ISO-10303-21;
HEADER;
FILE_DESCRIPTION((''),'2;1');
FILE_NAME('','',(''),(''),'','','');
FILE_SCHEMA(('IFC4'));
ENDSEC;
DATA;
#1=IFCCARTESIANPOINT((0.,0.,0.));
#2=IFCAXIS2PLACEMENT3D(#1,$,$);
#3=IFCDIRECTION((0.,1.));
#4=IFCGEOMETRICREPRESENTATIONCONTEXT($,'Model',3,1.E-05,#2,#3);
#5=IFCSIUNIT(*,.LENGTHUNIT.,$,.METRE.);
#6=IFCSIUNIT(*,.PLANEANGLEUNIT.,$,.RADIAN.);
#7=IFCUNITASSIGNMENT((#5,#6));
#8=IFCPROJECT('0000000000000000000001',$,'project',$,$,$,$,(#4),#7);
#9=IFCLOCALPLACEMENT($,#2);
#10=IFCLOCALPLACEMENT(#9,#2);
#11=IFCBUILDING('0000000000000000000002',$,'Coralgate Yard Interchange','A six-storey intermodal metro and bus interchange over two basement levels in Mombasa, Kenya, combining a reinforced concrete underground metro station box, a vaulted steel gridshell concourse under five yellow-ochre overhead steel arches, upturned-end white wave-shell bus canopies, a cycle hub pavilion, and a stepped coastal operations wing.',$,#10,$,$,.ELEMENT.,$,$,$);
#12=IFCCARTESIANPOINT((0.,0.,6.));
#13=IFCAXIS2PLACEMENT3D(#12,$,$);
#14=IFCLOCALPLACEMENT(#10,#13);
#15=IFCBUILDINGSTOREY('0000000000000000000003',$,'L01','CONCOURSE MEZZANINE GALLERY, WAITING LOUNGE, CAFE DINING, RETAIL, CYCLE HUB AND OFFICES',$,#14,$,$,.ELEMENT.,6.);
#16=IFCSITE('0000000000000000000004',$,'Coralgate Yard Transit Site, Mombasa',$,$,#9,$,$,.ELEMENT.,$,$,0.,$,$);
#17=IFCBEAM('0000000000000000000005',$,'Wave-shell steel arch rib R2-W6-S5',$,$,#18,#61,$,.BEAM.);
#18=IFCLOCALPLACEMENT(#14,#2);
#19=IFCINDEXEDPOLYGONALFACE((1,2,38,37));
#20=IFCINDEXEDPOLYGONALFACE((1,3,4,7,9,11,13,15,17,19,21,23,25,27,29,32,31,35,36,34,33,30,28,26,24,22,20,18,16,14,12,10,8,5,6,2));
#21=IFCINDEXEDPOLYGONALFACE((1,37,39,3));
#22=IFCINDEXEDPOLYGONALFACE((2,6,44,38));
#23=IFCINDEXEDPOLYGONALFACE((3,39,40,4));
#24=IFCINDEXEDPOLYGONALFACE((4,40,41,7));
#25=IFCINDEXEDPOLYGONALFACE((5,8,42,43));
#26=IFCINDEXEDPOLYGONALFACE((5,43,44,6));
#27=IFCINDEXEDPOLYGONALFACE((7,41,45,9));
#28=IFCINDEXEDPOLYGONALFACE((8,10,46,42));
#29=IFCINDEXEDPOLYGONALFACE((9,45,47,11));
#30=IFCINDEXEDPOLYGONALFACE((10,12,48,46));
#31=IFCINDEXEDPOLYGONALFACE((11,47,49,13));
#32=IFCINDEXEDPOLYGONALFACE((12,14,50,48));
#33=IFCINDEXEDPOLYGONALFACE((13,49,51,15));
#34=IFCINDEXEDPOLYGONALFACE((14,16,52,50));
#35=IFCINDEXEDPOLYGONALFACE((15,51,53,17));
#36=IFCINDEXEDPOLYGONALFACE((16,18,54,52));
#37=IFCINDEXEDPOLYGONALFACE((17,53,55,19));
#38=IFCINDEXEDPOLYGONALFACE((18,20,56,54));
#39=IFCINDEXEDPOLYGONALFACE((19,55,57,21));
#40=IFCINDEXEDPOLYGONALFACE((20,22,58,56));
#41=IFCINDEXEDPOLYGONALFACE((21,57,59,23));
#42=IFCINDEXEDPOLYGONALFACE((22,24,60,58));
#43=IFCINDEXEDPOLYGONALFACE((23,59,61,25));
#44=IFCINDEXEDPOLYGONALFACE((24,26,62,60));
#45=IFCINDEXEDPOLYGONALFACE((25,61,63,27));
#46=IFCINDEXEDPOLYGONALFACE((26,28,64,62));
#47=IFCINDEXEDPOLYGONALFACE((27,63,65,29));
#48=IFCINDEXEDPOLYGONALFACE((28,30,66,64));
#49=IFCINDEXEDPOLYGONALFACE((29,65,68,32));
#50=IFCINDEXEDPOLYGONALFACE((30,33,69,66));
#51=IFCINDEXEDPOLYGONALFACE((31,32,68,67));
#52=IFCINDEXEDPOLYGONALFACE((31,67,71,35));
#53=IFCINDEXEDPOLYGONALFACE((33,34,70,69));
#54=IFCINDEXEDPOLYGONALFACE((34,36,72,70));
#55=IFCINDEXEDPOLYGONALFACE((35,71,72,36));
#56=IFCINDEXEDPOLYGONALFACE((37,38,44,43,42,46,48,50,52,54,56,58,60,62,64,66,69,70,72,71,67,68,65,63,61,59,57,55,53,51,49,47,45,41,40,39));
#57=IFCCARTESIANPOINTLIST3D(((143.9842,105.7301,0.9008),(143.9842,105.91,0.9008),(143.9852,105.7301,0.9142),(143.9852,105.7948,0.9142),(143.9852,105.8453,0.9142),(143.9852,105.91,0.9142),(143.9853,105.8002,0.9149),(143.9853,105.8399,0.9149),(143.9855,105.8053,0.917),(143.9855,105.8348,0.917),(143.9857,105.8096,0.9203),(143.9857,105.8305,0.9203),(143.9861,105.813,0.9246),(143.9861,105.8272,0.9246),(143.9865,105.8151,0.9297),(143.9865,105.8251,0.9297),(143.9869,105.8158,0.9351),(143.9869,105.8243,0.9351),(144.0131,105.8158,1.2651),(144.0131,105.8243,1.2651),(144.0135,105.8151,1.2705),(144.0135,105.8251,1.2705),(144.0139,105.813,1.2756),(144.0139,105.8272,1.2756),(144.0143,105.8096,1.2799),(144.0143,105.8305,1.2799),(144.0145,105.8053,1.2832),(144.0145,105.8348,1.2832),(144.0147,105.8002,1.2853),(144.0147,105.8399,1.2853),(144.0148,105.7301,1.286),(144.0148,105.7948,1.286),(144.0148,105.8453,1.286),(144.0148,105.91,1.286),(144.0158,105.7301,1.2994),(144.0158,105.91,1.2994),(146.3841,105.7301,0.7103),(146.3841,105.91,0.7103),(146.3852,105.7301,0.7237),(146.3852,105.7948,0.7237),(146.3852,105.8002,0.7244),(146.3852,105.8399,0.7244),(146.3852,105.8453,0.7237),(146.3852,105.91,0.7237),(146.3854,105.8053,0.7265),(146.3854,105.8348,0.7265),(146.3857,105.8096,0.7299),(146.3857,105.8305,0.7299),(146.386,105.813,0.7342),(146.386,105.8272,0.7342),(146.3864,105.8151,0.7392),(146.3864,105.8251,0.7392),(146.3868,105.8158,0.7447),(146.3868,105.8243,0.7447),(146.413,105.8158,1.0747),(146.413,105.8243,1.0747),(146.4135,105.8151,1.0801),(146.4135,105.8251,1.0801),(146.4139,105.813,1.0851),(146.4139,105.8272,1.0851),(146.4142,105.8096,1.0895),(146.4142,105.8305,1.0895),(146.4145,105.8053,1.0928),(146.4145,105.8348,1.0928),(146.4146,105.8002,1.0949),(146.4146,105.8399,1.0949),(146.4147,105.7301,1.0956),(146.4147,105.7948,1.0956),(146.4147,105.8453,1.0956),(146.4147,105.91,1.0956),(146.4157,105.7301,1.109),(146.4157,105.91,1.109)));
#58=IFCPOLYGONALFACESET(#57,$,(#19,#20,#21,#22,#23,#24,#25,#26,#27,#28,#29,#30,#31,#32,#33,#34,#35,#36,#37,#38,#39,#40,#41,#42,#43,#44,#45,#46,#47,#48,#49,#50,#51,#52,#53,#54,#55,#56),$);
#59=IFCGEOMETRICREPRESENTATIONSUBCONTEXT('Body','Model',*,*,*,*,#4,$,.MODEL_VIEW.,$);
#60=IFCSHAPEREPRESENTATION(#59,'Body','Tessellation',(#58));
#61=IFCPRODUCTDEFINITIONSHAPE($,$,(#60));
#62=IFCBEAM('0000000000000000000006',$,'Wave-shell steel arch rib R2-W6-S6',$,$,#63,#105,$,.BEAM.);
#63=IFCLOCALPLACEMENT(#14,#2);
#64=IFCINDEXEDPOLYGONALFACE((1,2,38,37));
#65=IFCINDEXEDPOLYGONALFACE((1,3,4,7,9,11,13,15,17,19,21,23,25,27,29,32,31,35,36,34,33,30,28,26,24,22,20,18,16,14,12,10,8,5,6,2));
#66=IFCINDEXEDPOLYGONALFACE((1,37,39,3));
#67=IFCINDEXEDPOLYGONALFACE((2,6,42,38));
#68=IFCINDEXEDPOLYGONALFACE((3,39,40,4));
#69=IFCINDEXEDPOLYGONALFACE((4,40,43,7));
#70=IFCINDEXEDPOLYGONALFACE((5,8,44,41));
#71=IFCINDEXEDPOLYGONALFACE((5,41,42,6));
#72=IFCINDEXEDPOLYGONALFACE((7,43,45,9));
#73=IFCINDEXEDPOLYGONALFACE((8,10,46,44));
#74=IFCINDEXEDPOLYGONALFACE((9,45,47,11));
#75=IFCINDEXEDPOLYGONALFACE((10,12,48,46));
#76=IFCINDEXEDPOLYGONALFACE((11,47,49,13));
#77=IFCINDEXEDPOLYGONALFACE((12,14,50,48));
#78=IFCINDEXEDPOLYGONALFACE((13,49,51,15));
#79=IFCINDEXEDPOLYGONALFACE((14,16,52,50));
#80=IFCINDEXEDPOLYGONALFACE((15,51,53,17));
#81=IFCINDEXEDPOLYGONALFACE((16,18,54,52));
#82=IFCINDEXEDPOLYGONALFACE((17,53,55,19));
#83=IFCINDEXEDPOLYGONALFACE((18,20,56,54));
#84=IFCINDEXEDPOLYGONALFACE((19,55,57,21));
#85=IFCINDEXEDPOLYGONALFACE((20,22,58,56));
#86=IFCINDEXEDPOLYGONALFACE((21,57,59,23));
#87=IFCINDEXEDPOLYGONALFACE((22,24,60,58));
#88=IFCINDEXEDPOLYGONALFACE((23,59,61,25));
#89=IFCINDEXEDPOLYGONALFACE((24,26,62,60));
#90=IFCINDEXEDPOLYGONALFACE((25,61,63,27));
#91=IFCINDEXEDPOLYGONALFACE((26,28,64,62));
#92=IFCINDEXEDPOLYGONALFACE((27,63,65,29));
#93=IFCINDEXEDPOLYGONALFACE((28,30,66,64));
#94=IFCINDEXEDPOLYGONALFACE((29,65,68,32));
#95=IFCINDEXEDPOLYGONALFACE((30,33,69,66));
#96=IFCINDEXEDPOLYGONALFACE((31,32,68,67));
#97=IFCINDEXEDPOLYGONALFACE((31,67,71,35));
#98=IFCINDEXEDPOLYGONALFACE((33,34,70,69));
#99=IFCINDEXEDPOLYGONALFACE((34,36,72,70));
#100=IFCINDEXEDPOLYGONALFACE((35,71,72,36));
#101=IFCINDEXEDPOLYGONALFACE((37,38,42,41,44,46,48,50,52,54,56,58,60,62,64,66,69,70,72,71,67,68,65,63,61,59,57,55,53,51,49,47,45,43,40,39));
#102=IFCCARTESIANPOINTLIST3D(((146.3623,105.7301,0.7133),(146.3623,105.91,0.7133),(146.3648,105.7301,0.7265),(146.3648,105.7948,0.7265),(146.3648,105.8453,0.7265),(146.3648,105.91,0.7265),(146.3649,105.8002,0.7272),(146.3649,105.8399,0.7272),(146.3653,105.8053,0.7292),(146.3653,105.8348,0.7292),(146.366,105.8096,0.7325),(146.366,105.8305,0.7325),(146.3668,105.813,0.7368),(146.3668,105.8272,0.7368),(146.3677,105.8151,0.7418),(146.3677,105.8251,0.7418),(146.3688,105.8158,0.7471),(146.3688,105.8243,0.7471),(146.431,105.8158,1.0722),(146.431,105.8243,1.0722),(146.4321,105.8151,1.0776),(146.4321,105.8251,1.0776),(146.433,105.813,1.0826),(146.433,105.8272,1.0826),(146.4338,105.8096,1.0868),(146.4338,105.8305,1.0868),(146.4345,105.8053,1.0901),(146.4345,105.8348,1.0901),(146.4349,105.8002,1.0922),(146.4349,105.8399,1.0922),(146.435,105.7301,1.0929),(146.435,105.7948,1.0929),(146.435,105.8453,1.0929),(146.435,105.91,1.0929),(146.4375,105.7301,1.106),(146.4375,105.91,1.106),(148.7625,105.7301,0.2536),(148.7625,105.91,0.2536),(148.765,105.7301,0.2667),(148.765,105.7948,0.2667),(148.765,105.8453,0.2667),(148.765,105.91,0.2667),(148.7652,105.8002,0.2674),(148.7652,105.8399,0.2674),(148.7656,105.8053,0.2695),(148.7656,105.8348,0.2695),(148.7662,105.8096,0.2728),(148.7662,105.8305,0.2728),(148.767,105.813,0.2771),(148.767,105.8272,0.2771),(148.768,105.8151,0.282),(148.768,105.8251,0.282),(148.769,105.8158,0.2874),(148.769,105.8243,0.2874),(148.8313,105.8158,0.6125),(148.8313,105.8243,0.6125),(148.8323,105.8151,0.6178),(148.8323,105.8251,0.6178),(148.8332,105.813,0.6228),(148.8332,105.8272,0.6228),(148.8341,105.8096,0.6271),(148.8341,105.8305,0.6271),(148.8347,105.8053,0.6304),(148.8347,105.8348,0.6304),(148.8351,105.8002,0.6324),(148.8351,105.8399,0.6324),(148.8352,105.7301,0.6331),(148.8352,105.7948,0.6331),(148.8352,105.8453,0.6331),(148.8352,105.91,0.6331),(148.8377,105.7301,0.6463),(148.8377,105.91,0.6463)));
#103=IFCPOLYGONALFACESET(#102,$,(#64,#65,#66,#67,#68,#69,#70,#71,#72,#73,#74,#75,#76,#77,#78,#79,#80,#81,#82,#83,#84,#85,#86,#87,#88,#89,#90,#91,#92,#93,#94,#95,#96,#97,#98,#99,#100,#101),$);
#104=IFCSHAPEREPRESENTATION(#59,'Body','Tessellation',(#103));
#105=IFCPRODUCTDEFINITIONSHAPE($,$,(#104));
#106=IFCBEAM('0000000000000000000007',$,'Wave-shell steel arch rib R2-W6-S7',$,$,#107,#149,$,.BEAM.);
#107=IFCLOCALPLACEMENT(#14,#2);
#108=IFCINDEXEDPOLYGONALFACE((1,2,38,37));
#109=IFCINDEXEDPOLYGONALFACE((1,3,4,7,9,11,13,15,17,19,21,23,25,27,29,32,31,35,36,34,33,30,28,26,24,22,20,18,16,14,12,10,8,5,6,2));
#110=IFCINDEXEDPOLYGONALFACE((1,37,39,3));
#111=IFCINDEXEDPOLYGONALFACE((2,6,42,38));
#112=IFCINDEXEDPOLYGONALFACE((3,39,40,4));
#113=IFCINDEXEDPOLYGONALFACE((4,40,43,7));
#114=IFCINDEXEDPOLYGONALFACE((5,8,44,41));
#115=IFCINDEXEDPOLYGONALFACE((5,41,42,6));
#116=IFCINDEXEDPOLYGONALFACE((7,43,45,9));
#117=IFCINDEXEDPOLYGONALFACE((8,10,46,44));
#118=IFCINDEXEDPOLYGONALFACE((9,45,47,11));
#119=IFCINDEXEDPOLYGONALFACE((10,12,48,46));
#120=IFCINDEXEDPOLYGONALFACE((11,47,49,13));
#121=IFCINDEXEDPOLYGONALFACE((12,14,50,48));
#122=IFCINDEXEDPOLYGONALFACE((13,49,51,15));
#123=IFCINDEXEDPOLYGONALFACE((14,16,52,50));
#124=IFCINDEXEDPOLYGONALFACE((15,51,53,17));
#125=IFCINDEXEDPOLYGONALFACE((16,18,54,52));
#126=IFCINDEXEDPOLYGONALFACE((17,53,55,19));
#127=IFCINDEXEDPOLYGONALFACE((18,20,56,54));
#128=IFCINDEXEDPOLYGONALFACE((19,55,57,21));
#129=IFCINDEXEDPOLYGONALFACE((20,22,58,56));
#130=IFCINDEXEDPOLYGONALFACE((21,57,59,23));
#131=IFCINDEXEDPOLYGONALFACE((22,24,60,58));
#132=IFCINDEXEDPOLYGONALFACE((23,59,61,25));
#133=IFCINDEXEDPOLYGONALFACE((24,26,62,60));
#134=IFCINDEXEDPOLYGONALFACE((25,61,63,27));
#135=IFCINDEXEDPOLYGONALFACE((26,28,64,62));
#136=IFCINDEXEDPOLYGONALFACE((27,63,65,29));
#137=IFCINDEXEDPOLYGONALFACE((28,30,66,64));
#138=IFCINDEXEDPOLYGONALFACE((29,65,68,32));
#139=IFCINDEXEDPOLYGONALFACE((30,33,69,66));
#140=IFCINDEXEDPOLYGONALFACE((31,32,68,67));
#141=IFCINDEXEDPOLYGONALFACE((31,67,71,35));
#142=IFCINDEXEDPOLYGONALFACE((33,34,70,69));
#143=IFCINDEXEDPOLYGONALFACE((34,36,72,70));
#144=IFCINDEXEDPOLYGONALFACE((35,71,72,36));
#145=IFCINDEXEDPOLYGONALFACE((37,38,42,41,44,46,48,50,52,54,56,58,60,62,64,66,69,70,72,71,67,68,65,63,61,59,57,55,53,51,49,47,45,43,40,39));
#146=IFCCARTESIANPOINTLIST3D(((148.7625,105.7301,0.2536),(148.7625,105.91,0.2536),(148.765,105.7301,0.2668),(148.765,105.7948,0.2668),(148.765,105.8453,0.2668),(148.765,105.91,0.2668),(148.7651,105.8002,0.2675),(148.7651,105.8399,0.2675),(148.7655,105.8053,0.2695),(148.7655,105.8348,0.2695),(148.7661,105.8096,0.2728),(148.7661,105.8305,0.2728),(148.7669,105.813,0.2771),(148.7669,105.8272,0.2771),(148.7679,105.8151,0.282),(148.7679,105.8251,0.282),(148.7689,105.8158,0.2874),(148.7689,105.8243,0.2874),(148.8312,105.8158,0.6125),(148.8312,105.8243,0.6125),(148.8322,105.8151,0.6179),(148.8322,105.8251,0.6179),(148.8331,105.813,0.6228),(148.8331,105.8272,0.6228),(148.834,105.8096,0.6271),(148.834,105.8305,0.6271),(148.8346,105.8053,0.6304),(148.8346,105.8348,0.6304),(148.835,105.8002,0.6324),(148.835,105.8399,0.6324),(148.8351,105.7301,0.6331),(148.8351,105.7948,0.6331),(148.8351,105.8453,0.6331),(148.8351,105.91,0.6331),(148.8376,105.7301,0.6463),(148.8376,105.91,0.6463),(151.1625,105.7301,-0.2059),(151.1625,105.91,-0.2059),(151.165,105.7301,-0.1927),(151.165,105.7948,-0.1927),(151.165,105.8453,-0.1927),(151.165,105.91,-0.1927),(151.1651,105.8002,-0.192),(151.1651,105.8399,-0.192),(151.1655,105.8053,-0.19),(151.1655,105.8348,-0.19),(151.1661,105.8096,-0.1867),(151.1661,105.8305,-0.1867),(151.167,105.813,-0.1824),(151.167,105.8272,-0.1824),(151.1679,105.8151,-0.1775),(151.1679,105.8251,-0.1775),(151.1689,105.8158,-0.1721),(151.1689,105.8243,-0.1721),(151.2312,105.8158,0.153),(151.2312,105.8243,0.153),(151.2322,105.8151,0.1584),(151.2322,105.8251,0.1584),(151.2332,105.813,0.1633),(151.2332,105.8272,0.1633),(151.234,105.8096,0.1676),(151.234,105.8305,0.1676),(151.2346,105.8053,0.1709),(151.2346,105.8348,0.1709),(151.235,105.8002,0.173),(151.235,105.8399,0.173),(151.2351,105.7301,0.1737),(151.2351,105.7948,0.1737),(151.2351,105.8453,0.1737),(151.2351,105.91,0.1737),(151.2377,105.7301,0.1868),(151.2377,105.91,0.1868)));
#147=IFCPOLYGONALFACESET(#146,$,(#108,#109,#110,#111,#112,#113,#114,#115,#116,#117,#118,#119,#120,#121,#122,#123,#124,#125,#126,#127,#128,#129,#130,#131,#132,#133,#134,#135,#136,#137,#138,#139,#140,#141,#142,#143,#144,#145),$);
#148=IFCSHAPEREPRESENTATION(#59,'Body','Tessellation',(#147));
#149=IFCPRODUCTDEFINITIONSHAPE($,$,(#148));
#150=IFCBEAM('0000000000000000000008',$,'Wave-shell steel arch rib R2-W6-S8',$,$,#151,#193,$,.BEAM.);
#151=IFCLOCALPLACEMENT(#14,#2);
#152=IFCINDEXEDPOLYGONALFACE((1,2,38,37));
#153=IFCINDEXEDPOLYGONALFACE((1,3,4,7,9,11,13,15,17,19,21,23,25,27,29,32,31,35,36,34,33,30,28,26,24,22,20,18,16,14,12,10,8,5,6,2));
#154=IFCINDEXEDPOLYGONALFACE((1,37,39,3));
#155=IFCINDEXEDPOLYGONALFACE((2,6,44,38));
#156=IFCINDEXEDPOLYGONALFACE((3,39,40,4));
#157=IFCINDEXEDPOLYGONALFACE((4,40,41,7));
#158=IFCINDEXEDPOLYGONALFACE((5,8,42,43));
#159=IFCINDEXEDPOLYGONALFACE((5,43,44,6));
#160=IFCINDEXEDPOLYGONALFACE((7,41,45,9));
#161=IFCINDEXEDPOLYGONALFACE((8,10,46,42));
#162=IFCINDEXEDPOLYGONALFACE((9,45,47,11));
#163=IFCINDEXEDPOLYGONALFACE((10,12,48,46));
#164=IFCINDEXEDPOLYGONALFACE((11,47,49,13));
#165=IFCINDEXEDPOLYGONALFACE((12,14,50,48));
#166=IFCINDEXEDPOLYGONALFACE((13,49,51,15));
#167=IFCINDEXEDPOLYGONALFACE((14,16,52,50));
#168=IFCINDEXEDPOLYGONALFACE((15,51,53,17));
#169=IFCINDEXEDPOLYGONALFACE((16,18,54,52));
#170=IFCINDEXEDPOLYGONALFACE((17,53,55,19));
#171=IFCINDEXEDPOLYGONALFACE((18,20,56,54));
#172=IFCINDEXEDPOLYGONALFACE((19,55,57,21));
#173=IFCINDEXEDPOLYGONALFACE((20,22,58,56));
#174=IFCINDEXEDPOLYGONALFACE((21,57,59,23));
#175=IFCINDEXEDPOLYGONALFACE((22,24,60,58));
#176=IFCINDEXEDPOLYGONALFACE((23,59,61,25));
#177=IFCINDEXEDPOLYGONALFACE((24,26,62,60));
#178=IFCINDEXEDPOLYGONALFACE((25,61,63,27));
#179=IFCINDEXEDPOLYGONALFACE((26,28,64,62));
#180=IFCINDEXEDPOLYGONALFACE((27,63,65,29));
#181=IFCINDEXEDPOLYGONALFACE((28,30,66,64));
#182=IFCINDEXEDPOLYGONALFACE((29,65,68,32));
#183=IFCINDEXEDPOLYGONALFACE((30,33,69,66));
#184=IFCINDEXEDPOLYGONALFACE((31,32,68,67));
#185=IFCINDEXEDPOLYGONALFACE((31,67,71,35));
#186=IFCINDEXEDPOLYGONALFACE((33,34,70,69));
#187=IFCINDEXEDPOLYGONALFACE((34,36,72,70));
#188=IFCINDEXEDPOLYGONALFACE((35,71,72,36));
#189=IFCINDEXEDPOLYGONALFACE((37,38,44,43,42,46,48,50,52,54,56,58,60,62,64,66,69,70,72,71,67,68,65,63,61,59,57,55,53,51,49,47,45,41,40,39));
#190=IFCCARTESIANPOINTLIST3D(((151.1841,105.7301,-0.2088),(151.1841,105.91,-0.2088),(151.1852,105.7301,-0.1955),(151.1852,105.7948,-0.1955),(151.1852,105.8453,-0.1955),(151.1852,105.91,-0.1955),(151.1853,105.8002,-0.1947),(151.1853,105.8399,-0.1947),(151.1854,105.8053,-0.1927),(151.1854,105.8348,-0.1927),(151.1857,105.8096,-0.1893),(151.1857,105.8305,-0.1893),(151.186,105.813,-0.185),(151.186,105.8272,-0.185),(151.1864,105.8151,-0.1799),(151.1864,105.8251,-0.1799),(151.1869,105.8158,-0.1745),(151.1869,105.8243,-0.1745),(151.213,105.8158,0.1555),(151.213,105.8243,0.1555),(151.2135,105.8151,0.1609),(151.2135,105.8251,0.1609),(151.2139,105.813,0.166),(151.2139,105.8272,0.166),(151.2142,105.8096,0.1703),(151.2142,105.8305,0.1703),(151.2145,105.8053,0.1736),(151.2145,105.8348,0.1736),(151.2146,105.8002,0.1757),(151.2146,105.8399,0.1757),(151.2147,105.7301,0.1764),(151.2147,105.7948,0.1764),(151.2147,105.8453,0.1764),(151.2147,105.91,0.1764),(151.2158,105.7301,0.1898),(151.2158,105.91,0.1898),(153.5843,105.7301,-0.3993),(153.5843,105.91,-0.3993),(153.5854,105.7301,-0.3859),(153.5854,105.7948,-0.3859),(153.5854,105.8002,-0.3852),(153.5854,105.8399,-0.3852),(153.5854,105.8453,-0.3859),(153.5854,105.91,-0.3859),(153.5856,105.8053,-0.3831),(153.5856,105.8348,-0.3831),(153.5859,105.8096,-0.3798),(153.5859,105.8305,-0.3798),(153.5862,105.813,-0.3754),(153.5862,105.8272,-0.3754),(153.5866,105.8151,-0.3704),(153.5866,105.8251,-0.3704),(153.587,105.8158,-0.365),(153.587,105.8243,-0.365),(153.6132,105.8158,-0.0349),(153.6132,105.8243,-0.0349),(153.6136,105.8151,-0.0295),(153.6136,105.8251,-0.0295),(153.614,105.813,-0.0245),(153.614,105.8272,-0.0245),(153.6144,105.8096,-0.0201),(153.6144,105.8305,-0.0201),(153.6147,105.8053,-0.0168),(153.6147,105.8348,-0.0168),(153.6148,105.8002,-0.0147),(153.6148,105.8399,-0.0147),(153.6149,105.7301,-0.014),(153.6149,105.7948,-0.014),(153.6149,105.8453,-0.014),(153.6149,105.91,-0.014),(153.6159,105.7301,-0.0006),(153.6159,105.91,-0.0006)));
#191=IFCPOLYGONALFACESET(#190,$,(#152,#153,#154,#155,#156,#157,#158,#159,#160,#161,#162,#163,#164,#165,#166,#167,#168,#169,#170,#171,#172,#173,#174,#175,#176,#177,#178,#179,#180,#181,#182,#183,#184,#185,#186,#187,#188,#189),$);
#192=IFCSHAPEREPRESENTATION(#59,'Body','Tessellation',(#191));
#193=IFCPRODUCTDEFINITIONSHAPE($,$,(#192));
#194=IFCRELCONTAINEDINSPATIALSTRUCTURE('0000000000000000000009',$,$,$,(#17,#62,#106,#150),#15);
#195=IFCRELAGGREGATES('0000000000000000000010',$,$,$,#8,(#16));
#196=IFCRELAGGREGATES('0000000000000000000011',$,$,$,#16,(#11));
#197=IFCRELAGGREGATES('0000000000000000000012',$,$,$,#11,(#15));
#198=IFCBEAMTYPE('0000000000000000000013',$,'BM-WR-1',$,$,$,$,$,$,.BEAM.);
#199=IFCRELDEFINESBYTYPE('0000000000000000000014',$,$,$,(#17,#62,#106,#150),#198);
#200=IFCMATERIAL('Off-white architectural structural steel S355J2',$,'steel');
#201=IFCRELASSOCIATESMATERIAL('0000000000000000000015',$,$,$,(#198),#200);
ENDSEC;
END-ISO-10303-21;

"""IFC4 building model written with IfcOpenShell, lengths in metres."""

from ifc_helpers import new_model, si_unit, direction, frame, origin, origin_2d, place, context, subcontext, project, spatial, i_section, extrude, material, material_profile, profile_set, type_object, element, save


model = new_model("IFC4")

# Units and contexts
model_context = context("Model", 3, precision=1e-05, world=origin(), true_north=direction((0.0, 1.0)))
body_context = subcontext(model_context, "Body", "Model", "MODEL_VIEW")
ifc_project = project(units=[si_unit("LENGTHUNIT", "METRE"), si_unit("PLANEANGLEUNIT", "RADIAN")], contexts=[model_context])

# Site, building, storey
site_placement = place(None, origin())
site = spatial("IfcSite", under=ifc_project, at=site_placement, Name="Coralgate Yard Transit Site, Mombasa", CompositionType="ELEMENT", RefElevation=0.0)
building_placement = place(site_placement, origin())
building = spatial("IfcBuilding", under=site, at=building_placement, Name="Coralgate Yard Interchange", Description="A six-storey intermodal metro and bus interchange over two basement levels in Mombasa, Kenya, combining a reinforced concrete underground metro station box, a vaulted steel gridshell concourse under five yellow-ochre overhead steel arches, upturned-end white wave-shell bus canopies, a cycle hub pavilion, and a stepped coastal operations wing.", CompositionType="ELEMENT")
storey_placement = place(building_placement, frame((0.0, 0.0, 6.0)))
storey = spatial("IfcBuildingStorey", under=building, at=storey_placement, Name="L01", Description="CONCOURSE MEZZANINE GALLERY, WAITING LOUNGE, CAFE DINING, RETAIL, CYCLE HUB AND OFFICES", CompositionType="ELEMENT", Elevation=6.0)

# Beams
ifc_material_1 = material(Name="Off-white architectural structural steel S355J2", Category="steel")
ifc_material_profile_1 = material_profile(ifc_material_1, i_section(OverallWidth=0.1799, OverallDepth=0.3999, WebThickness=0.0085, FlangeThickness=0.0134, FilletRadius=0.021, at=origin_2d()), Name="IPE 400")
ifc_profile_set_1 = profile_set([ifc_material_profile_1], Name="Off-white architectural structural steel S355J2")
beam_type_1 = type_object("IfcBeamType", Name="BM-WR-1", PredefinedType="BEAM", material=ifc_profile_set_1)
beam_1_placement = place(storey_placement, frame((144.0, 105.8201, 1.1001), z_axis=(0.996867, 0.0, -0.0791), x_axis=(0.0, 1.0, 0.0)))
element("IfcBeam", 1, at=beam_1_placement, inside=storey, type_object=beam_type_1, Name="Wave-shell steel arch rib R2-W6-S5", PredefinedType="BEAM", context=body_context, shape_type="SweptSolid", body=[
    extrude(i_section(OverallWidth=0.1799, OverallDepth=0.3999, WebThickness=0.0085, FlangeThickness=0.0134, FilletRadius=0.021, at=origin_2d()), origin(), (0.0, 0.0, 1.0), 2.4075),
])
beam_2_placement = place(storey_placement, frame((146.3999, 105.8201, 0.9097), z_axis=(0.982147, 0.0, -0.188117), x_axis=(0.0, 1.0, 0.0)))
element("IfcBeam", 2, at=beam_2_placement, inside=storey, type_object=beam_type_1, Name="Wave-shell steel arch rib R2-W6-S6", PredefinedType="BEAM", context=body_context, shape_type="SweptSolid", body=[
    extrude(i_section(OverallWidth=0.1799, OverallDepth=0.3999, WebThickness=0.0085, FlangeThickness=0.0134, FilletRadius=0.021, at=origin_2d()), origin(), (0.0, 0.0, 1.0), 2.4438),
])
beam_3_placement = place(storey_placement, frame((148.8, 105.8201, 0.45), z_axis=(0.982161, 0.0, -0.188039), x_axis=(0.0, 1.0, 0.0)))
element("IfcBeam", 3, at=beam_3_placement, inside=storey, type_object=beam_type_1, Name="Wave-shell steel arch rib R2-W6-S7", PredefinedType="BEAM", context=body_context, shape_type="SweptSolid", body=[
    extrude(i_section(OverallWidth=0.1799, OverallDepth=0.3999, WebThickness=0.0085, FlangeThickness=0.0134, FilletRadius=0.021, at=origin_2d()), origin(), (0.0, 0.0, 1.0), 2.4436),
])
beam_4_placement = place(storey_placement, frame((151.2, 105.8201, -0.0095), z_axis=(0.996867, 0.0, -0.079092), x_axis=(0.0, 1.0, 0.0)))
element("IfcBeam", 4, at=beam_4_placement, inside=storey, type_object=beam_type_1, Name="Wave-shell steel arch rib R2-W6-S8", PredefinedType="BEAM", context=body_context, shape_type="SweptSolid", body=[
    extrude(i_section(OverallWidth=0.1799, OverallDepth=0.3999, WebThickness=0.0085, FlangeThickness=0.0134, FilletRadius=0.021, at=origin_2d()), origin(), (0.0, 0.0, 1.0), 2.4077),
])

save(model, "model.ifc")
